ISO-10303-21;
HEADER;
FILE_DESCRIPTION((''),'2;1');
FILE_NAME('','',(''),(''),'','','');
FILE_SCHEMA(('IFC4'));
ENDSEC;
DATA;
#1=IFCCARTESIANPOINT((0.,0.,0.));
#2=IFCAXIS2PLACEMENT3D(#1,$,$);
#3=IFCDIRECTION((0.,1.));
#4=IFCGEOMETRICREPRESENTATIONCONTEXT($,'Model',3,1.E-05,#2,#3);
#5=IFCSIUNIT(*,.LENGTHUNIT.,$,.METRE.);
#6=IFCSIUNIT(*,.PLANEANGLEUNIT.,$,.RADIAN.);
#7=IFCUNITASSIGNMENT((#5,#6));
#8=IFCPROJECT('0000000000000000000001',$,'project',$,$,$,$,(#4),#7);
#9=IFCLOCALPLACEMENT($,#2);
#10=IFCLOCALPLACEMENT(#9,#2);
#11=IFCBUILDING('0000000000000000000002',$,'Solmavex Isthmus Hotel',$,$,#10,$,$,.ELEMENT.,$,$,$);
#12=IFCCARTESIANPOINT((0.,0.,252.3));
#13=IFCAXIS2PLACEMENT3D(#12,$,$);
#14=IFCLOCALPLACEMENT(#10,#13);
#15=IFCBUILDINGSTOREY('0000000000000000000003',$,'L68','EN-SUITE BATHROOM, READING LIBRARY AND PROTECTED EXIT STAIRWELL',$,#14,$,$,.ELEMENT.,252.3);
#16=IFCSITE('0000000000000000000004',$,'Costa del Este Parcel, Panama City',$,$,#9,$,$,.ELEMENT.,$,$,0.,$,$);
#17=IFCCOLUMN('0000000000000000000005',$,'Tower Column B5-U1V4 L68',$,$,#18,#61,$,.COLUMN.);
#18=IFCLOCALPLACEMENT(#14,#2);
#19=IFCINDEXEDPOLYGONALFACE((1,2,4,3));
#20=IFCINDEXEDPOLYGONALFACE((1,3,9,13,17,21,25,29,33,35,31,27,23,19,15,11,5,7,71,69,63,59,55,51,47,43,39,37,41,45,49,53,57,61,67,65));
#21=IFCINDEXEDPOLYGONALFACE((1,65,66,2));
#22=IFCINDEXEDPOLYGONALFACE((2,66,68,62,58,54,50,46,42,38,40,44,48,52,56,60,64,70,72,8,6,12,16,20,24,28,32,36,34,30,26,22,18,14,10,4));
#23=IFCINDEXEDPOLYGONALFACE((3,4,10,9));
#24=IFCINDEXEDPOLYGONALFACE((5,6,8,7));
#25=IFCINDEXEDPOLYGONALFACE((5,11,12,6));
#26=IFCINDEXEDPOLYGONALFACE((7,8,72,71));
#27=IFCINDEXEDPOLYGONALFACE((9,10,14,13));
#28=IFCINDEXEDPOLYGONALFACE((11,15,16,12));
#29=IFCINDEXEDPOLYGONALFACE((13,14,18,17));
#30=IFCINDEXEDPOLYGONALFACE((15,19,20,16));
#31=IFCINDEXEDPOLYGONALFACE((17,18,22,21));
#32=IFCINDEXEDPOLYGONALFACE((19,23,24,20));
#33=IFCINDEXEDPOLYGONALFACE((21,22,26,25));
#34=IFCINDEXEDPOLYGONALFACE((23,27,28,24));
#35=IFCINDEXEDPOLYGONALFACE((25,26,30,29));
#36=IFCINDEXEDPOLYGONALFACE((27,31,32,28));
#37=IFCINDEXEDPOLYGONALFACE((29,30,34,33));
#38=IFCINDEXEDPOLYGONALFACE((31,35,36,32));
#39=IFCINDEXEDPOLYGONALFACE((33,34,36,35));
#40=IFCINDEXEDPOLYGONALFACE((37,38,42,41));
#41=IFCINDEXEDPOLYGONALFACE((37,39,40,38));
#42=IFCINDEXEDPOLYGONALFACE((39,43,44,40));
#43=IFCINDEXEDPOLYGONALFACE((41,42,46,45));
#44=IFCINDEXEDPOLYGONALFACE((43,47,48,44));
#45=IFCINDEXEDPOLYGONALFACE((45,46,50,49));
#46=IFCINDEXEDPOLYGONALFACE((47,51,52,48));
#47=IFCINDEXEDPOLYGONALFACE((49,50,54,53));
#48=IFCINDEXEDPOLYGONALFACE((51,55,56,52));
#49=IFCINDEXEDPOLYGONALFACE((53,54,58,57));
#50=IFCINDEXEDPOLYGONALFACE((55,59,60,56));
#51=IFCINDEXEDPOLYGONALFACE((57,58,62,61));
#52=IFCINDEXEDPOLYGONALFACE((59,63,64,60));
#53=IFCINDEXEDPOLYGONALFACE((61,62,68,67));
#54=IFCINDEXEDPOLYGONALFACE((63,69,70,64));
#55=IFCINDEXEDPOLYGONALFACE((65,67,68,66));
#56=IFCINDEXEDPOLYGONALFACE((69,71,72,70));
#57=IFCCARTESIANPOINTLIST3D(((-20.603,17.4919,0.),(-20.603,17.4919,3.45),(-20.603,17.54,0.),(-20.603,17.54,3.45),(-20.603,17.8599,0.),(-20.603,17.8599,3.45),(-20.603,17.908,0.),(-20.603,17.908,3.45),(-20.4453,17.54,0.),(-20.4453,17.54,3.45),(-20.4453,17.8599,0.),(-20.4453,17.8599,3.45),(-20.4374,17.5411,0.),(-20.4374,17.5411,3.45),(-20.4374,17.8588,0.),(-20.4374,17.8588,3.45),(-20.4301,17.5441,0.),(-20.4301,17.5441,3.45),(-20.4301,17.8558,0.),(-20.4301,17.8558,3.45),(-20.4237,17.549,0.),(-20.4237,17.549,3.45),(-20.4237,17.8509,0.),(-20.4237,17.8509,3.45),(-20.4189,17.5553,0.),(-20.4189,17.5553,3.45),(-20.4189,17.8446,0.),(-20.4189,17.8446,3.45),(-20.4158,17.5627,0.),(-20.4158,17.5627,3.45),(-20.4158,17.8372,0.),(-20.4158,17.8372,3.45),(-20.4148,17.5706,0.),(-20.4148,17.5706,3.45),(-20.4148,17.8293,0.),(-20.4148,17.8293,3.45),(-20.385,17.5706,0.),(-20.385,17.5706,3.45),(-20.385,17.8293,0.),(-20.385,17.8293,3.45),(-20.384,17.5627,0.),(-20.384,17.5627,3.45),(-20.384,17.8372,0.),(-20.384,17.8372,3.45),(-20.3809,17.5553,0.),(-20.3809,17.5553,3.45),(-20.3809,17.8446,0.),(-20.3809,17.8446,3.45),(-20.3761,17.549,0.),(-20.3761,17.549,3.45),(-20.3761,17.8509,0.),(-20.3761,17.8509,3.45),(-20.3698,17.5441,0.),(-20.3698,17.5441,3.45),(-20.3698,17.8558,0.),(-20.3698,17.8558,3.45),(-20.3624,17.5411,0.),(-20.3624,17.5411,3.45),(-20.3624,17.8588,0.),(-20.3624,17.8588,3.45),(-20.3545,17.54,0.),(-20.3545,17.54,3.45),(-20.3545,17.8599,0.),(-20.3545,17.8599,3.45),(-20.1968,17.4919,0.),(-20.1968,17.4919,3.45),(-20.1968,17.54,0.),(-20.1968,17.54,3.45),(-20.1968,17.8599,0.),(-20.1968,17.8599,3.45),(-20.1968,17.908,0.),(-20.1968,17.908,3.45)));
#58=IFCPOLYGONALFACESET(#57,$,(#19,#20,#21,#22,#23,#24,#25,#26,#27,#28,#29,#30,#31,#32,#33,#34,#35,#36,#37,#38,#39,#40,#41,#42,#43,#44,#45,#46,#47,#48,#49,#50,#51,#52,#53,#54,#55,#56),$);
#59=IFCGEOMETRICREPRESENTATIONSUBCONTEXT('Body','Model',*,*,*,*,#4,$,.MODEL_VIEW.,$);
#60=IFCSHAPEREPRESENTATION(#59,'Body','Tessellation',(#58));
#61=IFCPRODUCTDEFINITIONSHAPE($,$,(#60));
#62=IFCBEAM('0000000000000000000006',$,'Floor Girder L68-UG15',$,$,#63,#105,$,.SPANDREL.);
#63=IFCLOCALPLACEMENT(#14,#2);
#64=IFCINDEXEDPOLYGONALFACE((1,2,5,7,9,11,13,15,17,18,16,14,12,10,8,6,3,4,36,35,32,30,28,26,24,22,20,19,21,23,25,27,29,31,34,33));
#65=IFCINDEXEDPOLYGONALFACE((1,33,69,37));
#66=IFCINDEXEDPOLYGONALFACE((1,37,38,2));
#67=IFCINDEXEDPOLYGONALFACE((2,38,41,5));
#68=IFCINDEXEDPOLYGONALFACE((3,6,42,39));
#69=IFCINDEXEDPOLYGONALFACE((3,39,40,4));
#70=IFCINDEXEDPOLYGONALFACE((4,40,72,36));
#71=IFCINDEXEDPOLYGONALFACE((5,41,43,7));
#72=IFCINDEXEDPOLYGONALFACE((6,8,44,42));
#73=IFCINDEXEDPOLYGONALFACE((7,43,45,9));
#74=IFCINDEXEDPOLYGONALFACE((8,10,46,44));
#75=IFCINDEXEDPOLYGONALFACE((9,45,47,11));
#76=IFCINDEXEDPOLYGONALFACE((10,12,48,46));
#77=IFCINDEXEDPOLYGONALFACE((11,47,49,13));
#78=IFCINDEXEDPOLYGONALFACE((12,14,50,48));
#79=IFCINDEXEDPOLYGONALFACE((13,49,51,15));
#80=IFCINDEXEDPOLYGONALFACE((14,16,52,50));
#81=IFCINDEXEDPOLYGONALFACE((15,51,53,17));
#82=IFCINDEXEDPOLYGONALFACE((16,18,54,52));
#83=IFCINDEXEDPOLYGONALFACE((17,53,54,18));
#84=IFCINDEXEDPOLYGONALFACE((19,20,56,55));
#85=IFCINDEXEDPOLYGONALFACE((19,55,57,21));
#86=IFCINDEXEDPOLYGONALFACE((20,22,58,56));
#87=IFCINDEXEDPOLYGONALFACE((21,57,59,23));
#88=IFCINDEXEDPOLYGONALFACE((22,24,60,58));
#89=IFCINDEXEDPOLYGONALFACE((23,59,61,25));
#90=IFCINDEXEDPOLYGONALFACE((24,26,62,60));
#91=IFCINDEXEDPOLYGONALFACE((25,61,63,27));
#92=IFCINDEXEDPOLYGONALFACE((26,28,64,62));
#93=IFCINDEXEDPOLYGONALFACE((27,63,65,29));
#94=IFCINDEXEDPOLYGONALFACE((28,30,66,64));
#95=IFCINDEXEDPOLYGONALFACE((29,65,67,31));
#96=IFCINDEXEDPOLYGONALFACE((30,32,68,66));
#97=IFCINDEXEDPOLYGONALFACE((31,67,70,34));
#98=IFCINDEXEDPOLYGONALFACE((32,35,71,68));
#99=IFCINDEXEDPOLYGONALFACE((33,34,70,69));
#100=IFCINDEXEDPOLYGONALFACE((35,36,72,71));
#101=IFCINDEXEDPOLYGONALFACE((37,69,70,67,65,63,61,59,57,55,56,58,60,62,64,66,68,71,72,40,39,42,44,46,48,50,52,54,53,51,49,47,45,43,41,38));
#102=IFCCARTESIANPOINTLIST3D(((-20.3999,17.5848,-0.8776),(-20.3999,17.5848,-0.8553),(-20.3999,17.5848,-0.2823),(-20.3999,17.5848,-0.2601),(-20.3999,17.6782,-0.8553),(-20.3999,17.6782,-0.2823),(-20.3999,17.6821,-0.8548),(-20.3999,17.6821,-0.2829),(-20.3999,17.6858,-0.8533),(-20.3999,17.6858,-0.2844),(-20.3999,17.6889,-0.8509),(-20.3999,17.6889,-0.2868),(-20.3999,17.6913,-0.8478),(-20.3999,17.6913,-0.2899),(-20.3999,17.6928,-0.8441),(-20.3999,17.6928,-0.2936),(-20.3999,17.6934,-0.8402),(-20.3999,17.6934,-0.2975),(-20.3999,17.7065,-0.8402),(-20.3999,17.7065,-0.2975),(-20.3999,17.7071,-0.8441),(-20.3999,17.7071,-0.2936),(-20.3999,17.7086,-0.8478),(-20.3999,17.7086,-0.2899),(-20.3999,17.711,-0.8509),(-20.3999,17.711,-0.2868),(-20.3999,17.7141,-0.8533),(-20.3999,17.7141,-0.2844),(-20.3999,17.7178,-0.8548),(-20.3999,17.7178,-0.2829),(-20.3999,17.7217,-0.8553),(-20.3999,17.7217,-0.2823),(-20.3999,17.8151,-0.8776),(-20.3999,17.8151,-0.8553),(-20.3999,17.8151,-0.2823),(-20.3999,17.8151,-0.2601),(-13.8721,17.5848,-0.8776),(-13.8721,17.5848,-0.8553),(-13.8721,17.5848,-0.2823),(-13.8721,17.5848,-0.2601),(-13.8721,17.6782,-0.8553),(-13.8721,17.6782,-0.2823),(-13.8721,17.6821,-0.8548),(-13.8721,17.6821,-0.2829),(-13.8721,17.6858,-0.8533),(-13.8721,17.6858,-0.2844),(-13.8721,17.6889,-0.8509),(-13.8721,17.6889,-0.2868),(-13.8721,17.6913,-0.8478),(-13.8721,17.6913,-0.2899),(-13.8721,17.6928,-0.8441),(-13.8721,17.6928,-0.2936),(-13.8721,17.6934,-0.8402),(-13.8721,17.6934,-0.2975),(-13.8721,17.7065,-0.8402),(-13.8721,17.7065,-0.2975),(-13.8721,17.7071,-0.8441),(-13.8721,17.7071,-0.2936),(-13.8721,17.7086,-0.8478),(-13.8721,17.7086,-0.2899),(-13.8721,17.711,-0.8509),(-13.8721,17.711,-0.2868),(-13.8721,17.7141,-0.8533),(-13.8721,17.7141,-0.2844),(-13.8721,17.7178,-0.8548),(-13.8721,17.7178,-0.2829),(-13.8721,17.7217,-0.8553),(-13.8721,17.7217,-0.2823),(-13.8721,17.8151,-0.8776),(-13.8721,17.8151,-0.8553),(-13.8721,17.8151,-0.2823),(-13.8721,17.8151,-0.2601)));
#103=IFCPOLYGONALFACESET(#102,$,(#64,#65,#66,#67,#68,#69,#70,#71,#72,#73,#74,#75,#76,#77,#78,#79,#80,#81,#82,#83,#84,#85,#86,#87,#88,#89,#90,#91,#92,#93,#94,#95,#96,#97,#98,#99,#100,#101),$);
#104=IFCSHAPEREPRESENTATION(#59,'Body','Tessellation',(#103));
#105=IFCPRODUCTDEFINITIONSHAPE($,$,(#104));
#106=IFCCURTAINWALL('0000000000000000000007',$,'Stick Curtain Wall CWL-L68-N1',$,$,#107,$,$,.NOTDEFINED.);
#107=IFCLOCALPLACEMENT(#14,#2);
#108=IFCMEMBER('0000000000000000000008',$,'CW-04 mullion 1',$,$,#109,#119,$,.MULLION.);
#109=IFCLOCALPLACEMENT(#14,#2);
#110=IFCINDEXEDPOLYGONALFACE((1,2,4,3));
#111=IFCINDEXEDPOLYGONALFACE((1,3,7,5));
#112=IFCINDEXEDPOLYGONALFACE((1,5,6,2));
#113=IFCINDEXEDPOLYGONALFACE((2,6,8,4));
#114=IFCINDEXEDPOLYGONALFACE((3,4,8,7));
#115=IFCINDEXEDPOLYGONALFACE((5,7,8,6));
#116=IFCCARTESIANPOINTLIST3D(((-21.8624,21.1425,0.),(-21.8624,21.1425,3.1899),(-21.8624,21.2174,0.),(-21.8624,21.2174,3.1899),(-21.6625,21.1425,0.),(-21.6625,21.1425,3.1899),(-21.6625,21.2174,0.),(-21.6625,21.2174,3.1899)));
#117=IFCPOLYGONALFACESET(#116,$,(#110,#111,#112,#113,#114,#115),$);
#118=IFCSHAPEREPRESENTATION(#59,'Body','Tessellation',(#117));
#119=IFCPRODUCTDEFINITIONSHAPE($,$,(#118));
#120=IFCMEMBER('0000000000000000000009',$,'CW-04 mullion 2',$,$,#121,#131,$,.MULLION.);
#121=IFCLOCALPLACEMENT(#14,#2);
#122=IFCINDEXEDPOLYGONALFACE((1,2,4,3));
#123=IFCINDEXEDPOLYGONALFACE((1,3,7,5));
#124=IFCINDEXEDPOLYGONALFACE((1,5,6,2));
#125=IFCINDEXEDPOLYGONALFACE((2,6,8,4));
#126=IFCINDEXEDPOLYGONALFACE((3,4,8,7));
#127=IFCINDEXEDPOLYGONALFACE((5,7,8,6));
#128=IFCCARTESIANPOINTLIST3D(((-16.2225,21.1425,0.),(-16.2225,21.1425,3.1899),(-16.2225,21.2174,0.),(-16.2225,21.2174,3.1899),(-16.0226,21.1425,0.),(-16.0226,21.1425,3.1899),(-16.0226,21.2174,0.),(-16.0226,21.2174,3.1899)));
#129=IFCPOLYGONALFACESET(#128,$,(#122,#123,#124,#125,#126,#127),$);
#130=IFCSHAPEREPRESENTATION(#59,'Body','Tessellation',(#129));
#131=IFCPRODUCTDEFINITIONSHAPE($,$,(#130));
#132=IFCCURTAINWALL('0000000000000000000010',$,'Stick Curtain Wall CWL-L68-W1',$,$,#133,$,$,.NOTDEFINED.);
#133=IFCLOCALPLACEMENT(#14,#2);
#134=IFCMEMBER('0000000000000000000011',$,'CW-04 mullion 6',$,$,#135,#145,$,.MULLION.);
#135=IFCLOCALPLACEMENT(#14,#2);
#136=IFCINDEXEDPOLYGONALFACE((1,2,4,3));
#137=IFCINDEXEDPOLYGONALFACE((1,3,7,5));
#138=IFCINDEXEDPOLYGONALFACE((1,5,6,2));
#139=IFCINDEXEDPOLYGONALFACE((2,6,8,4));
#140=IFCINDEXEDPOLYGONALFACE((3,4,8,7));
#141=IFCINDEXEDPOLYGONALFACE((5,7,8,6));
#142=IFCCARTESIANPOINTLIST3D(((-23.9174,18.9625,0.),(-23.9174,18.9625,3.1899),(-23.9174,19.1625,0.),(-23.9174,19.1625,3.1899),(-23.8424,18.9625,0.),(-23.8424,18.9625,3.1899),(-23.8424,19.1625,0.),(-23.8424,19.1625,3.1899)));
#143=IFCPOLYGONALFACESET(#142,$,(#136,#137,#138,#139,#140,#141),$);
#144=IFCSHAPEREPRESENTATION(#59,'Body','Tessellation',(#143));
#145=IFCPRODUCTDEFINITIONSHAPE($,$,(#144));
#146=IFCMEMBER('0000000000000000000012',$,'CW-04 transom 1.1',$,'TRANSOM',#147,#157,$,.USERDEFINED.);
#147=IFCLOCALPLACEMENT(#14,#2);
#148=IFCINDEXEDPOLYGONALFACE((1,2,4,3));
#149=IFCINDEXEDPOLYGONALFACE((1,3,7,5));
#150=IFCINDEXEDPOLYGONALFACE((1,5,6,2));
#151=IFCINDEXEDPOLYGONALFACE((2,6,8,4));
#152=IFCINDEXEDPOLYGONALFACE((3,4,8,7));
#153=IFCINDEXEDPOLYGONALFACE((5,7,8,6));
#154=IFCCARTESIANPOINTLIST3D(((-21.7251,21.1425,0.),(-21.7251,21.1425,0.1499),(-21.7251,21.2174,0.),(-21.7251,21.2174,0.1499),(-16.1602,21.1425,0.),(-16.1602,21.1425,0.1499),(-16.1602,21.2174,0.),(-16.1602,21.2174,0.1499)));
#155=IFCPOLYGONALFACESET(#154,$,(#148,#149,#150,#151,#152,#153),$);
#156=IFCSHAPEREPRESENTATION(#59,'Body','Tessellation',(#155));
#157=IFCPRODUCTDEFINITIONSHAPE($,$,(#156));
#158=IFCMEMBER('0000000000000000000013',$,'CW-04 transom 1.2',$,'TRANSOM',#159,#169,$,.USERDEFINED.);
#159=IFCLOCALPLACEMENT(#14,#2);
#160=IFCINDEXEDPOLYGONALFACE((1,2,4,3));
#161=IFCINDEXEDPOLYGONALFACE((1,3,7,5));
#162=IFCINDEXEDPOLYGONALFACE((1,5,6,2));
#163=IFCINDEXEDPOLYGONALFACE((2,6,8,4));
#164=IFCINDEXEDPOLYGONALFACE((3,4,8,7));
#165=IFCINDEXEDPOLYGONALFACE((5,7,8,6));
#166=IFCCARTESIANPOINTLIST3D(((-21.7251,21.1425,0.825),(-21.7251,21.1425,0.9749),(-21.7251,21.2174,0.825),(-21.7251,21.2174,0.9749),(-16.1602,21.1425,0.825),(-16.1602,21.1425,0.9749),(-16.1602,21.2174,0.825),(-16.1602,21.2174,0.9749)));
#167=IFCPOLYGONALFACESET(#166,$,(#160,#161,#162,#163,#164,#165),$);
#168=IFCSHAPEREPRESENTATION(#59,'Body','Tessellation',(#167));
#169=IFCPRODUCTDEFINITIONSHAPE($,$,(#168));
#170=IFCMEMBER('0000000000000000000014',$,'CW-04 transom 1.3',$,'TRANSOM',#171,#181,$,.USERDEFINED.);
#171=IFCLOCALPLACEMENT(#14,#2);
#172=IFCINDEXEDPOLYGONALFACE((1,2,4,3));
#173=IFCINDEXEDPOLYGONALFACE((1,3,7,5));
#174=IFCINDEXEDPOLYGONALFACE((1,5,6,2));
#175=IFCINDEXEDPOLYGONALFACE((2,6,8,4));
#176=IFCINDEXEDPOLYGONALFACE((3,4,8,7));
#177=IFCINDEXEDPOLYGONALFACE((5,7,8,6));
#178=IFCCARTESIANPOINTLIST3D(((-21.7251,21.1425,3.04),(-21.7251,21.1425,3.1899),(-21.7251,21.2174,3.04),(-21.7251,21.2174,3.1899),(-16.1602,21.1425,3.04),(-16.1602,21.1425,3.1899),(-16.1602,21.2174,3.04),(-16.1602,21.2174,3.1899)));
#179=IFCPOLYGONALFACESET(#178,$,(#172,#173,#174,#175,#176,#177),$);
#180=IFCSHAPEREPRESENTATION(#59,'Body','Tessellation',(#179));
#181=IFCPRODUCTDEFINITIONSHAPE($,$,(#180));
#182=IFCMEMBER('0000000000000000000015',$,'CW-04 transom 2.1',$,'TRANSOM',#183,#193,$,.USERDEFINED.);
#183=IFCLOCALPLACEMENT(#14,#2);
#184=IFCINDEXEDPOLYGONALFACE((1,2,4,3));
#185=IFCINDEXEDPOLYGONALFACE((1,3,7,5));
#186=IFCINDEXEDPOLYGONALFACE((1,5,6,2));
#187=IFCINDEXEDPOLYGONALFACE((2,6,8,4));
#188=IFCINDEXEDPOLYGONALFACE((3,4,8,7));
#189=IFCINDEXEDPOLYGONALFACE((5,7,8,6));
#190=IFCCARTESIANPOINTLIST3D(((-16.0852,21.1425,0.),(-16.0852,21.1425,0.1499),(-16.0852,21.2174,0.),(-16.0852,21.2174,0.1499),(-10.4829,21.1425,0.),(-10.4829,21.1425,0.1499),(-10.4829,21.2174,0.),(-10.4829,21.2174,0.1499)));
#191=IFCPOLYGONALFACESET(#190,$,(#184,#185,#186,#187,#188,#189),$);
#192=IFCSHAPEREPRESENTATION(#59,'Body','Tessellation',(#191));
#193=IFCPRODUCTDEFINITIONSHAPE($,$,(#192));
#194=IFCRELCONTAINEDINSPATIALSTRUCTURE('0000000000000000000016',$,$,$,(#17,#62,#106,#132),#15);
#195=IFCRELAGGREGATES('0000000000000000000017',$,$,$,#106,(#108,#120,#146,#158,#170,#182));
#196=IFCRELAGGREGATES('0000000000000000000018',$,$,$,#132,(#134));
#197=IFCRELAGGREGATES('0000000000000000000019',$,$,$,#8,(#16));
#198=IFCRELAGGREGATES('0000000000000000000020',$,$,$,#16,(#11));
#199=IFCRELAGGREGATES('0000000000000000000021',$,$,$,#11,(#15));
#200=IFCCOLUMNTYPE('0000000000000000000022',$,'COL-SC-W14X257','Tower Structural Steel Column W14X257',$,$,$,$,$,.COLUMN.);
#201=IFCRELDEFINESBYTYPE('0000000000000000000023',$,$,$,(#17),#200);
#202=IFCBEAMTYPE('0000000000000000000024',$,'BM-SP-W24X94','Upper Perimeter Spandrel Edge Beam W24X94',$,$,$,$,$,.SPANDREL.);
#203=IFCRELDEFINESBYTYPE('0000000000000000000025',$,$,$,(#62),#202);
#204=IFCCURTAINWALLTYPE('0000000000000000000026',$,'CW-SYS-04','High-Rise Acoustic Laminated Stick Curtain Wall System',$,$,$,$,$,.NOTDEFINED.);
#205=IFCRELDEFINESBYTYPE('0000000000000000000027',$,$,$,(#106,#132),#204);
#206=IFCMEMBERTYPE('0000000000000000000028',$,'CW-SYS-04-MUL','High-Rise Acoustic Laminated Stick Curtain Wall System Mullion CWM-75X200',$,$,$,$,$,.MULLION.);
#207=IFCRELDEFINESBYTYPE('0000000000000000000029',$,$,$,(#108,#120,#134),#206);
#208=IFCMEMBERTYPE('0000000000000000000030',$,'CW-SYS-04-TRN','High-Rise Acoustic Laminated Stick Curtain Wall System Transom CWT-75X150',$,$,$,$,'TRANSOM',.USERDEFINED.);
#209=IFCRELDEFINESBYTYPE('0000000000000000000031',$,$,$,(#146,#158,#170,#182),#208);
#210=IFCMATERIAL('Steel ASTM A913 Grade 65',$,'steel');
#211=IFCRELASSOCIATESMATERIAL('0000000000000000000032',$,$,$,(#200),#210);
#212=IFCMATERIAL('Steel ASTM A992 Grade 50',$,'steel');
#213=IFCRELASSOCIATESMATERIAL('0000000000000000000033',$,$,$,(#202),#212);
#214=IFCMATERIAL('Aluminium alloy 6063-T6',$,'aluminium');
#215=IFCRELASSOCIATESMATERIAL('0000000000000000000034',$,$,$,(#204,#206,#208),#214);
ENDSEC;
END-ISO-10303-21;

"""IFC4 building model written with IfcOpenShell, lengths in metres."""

from ifc_helpers import new_model, si_unit, direction, frame, origin, origin_2d, place, context, subcontext, project, spatial, rectangle, i_section, extrude, material, material_profile, profile_set, type_object, element, aggregate, save


model = new_model("IFC4")

# Units and contexts
model_context = context("Model", 3, precision=1e-05, world=origin(), true_north=direction((0.0, 1.0)))
body_context = subcontext(model_context, "Body", "Model", "MODEL_VIEW")
ifc_project = project(units=[si_unit("LENGTHUNIT", "METRE"), si_unit("PLANEANGLEUNIT", "RADIAN")], contexts=[model_context])

# Site, building, storey
site_placement = place(None, origin())
site = spatial("IfcSite", under=ifc_project, at=site_placement, Name="Costa del Este Parcel, Panama City", CompositionType="ELEMENT", RefElevation=0.0)
building_placement = place(site_placement, origin())
building = spatial("IfcBuilding", under=site, at=building_placement, Name="Solmavex Isthmus Hotel", CompositionType="ELEMENT")
storey_placement = place(building_placement, frame((0.0, 0.0, 252.3)))
storey = spatial("IfcBuildingStorey", under=building, at=storey_placement, Name="L68", Description="EN-SUITE BATHROOM, READING LIBRARY AND PROTECTED EXIT STAIRWELL", CompositionType="ELEMENT", Elevation=252.3)

# Column
ifc_material_1 = material(Name="Steel ASTM A913 Grade 65", Category="steel")
ifc_material_profile_1 = material_profile(ifc_material_1, i_section(OverallWidth=0.4062, OverallDepth=0.416, WebThickness=0.0298, FlangeThickness=0.0481, FilletRadius=0.0305, at=origin_2d()), Name="W14X257")
ifc_profile_set_1 = profile_set([ifc_material_profile_1], Name="Steel ASTM A913 Grade 65")
column_type = type_object("IfcColumnType", Name="COL-SC-W14X257", Description="Tower Structural Steel Column W14X257", PredefinedType="COLUMN", material=ifc_profile_set_1)
column_placement = place(storey_placement, frame((-20.3999, 17.7, 0.0), z_axis=(0.0, 0.0, 1.0), x_axis=(1.0, 0.0, 0.0)))
element("IfcColumn", 1, at=column_placement, inside=storey, type_object=column_type, Name="Tower Column B5-U1V4 L68", PredefinedType="COLUMN", context=body_context, shape_type="SweptSolid", body=[
    extrude(i_section(OverallWidth=0.4062, OverallDepth=0.416, WebThickness=0.0298, FlangeThickness=0.0481, FilletRadius=0.0305, at=origin_2d()), origin(), (0.0, 0.0, 1.0), 3.45),
])

# Beam
ifc_material_2 = material(Name="Steel ASTM A992 Grade 50", Category="steel")
ifc_material_profile_2 = material_profile(ifc_material_2, i_section(OverallWidth=0.2302, OverallDepth=0.6174, WebThickness=0.0132, FlangeThickness=0.0222, FilletRadius=0.0151, at=origin_2d()), Name="W24X94")
ifc_profile_set_2 = profile_set([ifc_material_profile_2], Name="Steel ASTM A992 Grade 50")
beam_type = type_object("IfcBeamType", Name="BM-SP-W24X94", Description="Upper Perimeter Spandrel Edge Beam W24X94", PredefinedType="SPANDREL", material=ifc_profile_set_2)
beam_placement = place(storey_placement, frame((-20.3999, 17.7, -0.5688), z_axis=(1.0, 0.0, 0.0), x_axis=(0.0, 1.0, 0.0)))
element("IfcBeam", 2, at=beam_placement, inside=storey, type_object=beam_type, Name="Floor Girder L68-UG15", PredefinedType="SPANDREL", context=body_context, shape_type="SweptSolid", body=[
    extrude(i_section(OverallWidth=0.2302, OverallDepth=0.6174, WebThickness=0.0132, FlangeThickness=0.0222, FilletRadius=0.0151, at=origin_2d()), origin(), (0.0, 0.0, 1.0), 6.5278),
])

# Curtain wall, members
ifc_material_3 = material(Name="Aluminium alloy 6063-T6", Category="aluminium")
curtain_wall_type = type_object("IfcCurtainWallType", Name="CW-SYS-04", Description="High-Rise Acoustic Laminated Stick Curtain Wall System", PredefinedType="NOTDEFINED", material=ifc_material_3)
curtain_wall_1_placement = place(storey_placement, origin())
curtain_wall_1 = element("IfcCurtainWall", 3, at=curtain_wall_1_placement, inside=storey, type_object=curtain_wall_type, Name="Stick Curtain Wall CWL-L68-N1", PredefinedType="NOTDEFINED")
ifc_material_profile_3 = material_profile(ifc_material_3, rectangle(XDim=0.075, YDim=0.2, at=origin_2d()), Name="CWM-75X200")
ifc_profile_set_3 = profile_set([ifc_material_profile_3], Name="Aluminium alloy 6063-T6")
member_type_1 = type_object("IfcMemberType", Name="CW-SYS-04-MUL", Description="High-Rise Acoustic Laminated Stick Curtain Wall System Mullion CWM-75X200", PredefinedType="MULLION", material=ifc_profile_set_3)
member_1_placement = place(storey_placement, frame((-21.7625, 21.1799, 0.0), z_axis=(0.0, 0.0, 1.0), x_axis=(0.0, 1.0, 0.0)))
member_1 = element("IfcMember", 4, at=member_1_placement, type_object=member_type_1, Name="CW-04 mullion 1", PredefinedType="MULLION", context=body_context, shape_type="SweptSolid", body=[
    extrude(rectangle(XDim=0.075, YDim=0.2, at=origin_2d()), origin(), (0.0, 0.0, 1.0), 3.1899),
])
member_2_placement = place(storey_placement, frame((-16.1226, 21.1799, 0.0), z_axis=(0.0, 0.0, 1.0), x_axis=(0.0, 1.0, 0.0)))
member_2 = element("IfcMember", 5, at=member_2_placement, type_object=member_type_1, Name="CW-04 mullion 2", PredefinedType="MULLION", context=body_context, shape_type="SweptSolid", body=[
    extrude(rectangle(XDim=0.075, YDim=0.2, at=origin_2d()), origin(), (0.0, 0.0, 1.0), 3.1899),
])

# Curtain wall, member
curtain_wall_2_placement = place(storey_placement, origin())
curtain_wall_2 = element("IfcCurtainWall", 6, at=curtain_wall_2_placement, inside=storey, type_object=curtain_wall_type, Name="Stick Curtain Wall CWL-L68-W1", PredefinedType="NOTDEFINED")
member_3_placement = place(storey_placement, frame((-23.8799, 19.0625, 0.0), z_axis=(0.0, 0.0, 1.0), x_axis=(-1.0, 0.0, 0.0)))
member_3 = element("IfcMember", 7, at=member_3_placement, type_object=member_type_1, Name="CW-04 mullion 6", PredefinedType="MULLION", context=body_context, shape_type="SweptSolid", body=[
    extrude(rectangle(XDim=0.075, YDim=0.2, at=origin_2d()), origin(), (0.0, 0.0, 1.0), 3.1899),
])

# Members
ifc_material_profile_4 = material_profile(ifc_material_3, rectangle(XDim=0.075, YDim=0.1499, at=origin_2d()), Name="CWT-75X150")
ifc_profile_set_4 = profile_set([ifc_material_profile_4], Name="Aluminium alloy 6063-T6")
member_type_2 = type_object("IfcMemberType", Name="CW-SYS-04-TRN", Description="High-Rise Acoustic Laminated Stick Curtain Wall System Transom CWT-75X150", ElementType="TRANSOM", PredefinedType="USERDEFINED", material=ifc_profile_set_4)
member_4_placement = place(storey_placement, frame((-21.7251, 21.1799, 0.075), z_axis=(1.0, 0.0, 0.0), x_axis=(0.0, 1.0, 0.0)))
member_4 = element("IfcMember", 8, at=member_4_placement, type_object=member_type_2, Name="CW-04 transom 1.1", ObjectType="TRANSOM", PredefinedType="USERDEFINED", context=body_context, shape_type="SweptSolid", body=[
    extrude(rectangle(XDim=0.075, YDim=0.1499, at=origin_2d()), origin(), (0.0, 0.0, 1.0), 5.5649),
])
member_5_placement = place(storey_placement, frame((-21.7251, 21.1799, 0.8999), z_axis=(1.0, 0.0, 0.0), x_axis=(0.0, 1.0, 0.0)))
member_5 = element("IfcMember", 9, at=member_5_placement, type_object=member_type_2, Name="CW-04 transom 1.2", ObjectType="TRANSOM", PredefinedType="USERDEFINED", context=body_context, shape_type="SweptSolid", body=[
    extrude(rectangle(XDim=0.075, YDim=0.1499, at=origin_2d()), origin(), (0.0, 0.0, 1.0), 5.5649),
])
member_6_placement = place(storey_placement, frame((-21.7251, 21.1799, 3.115), z_axis=(1.0, 0.0, 0.0), x_axis=(0.0, 1.0, 0.0)))
member_6 = element("IfcMember", 10, at=member_6_placement, type_object=member_type_2, Name="CW-04 transom 1.3", ObjectType="TRANSOM", PredefinedType="USERDEFINED", context=body_context, shape_type="SweptSolid", body=[
    extrude(rectangle(XDim=0.075, YDim=0.1499, at=origin_2d()), origin(), (0.0, 0.0, 1.0), 5.5649),
])
member_7_placement = place(storey_placement, frame((-16.0852, 21.1799, 0.075), z_axis=(1.0, 0.0, 0.0), x_axis=(0.0, 1.0, 0.0)))
member_7 = element("IfcMember", 11, at=member_7_placement, type_object=member_type_2, Name="CW-04 transom 2.1", ObjectType="TRANSOM", PredefinedType="USERDEFINED", context=body_context, shape_type="SweptSolid", body=[
    extrude(rectangle(XDim=0.075, YDim=0.1499, at=origin_2d()), origin(), (0.0, 0.0, 1.0), 5.6023),
])

aggregate(curtain_wall_1, [member_1, member_2, member_4, member_5, member_6, member_7])
aggregate(curtain_wall_2, [member_3])

save(model, "model.ifc")
